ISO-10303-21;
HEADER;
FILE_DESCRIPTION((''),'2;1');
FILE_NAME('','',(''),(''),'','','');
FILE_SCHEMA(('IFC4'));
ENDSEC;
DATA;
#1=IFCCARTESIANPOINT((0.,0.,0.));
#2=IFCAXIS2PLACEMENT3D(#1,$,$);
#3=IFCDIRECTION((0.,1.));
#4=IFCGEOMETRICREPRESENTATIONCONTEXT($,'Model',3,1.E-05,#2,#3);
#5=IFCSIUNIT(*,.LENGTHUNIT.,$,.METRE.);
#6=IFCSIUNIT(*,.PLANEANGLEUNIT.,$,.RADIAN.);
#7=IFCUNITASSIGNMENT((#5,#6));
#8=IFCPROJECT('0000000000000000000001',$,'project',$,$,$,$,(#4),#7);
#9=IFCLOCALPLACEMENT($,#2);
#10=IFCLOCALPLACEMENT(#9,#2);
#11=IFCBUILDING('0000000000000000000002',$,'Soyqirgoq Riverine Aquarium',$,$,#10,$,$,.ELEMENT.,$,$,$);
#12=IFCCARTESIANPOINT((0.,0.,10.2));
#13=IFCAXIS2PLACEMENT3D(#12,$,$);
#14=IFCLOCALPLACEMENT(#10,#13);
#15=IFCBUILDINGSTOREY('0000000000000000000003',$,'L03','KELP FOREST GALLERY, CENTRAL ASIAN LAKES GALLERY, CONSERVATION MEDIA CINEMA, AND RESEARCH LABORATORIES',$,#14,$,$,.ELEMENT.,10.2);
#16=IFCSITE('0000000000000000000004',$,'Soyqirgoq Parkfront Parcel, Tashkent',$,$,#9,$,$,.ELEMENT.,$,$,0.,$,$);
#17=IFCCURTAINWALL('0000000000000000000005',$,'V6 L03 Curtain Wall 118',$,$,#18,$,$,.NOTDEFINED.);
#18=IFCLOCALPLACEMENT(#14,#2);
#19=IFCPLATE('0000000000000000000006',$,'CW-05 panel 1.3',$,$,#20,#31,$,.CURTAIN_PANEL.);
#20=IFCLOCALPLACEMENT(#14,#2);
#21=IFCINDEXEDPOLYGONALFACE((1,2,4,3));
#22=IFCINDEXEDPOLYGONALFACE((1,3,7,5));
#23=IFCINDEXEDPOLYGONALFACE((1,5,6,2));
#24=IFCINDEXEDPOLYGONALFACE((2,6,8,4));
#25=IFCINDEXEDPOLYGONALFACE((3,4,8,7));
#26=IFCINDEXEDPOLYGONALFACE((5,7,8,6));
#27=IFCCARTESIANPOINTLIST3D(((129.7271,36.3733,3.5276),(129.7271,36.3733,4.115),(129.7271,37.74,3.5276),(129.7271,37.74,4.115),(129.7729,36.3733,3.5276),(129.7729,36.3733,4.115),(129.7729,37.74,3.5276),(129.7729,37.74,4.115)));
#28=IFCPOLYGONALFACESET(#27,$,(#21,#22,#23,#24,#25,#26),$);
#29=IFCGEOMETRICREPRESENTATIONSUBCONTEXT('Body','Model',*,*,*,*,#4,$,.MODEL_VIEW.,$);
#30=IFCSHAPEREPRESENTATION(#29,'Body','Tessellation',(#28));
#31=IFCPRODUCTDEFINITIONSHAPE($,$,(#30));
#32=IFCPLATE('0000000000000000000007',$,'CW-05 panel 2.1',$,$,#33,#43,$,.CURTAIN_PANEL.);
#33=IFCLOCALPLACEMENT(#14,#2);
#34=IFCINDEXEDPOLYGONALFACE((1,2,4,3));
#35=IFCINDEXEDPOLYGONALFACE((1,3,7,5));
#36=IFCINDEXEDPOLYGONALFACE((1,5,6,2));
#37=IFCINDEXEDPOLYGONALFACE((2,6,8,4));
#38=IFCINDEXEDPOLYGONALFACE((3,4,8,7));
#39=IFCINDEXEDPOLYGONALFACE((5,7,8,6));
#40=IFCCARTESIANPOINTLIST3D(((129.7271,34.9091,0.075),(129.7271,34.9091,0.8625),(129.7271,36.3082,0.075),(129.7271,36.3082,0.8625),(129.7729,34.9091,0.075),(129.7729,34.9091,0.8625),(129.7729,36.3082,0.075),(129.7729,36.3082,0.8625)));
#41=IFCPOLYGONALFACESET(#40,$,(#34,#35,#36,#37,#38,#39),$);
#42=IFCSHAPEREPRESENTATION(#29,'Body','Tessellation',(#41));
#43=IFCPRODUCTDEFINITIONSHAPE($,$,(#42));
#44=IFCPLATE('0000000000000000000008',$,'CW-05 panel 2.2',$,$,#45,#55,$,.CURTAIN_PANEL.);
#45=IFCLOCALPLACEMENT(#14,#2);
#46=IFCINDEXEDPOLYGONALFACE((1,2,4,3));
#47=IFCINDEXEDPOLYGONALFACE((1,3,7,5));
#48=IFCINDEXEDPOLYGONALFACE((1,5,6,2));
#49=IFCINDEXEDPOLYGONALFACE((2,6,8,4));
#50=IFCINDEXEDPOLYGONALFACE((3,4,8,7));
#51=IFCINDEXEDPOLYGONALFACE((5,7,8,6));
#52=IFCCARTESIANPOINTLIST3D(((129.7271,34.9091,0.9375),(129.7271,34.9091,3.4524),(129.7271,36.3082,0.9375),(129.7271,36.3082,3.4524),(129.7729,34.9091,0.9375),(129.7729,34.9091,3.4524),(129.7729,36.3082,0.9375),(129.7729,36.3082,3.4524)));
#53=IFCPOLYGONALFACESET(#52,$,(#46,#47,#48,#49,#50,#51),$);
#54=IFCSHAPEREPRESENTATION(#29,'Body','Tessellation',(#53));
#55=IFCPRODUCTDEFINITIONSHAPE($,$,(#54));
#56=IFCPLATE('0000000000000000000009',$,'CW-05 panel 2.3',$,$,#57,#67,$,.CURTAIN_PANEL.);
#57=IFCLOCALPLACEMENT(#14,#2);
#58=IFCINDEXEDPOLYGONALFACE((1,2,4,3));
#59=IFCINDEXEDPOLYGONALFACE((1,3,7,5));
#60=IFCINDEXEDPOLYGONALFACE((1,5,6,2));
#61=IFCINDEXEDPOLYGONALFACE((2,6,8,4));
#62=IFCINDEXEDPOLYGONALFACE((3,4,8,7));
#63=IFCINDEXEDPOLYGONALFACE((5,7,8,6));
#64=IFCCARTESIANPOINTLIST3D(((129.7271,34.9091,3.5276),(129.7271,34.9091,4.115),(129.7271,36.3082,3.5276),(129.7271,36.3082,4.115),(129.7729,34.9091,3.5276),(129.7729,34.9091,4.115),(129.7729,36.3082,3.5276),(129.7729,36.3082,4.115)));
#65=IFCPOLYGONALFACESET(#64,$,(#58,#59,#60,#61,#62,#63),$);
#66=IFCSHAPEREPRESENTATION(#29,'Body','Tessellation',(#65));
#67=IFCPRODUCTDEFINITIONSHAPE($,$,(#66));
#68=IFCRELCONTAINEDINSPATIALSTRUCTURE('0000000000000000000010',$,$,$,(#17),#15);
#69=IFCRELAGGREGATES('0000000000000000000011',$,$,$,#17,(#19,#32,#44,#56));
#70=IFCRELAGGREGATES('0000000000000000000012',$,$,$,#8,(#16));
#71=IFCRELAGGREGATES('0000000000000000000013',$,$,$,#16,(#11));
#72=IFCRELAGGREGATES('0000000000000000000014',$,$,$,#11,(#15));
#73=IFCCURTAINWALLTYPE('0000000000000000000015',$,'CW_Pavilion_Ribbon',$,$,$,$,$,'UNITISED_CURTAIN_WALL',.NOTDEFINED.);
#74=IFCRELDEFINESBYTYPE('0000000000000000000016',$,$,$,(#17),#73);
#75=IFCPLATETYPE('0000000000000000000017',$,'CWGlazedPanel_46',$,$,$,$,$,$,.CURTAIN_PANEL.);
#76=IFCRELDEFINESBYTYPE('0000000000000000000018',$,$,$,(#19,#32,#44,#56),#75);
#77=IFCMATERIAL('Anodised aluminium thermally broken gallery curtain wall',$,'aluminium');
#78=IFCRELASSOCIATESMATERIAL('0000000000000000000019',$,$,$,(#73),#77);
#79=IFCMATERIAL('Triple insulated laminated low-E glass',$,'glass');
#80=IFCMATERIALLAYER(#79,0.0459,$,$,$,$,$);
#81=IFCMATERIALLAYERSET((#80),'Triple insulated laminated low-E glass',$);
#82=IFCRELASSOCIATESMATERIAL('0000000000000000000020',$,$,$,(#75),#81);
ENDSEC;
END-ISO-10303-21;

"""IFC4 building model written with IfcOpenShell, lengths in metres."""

from ifc_helpers import new_model, si_unit, direction, frame, origin, origin_2d, place, context, subcontext, project, spatial, rectangle, extrude, material, layer, layer_set, type_object, element, aggregate, save


model = new_model("IFC4")

# Units and contexts
model_context = context("Model", 3, precision=1e-05, world=origin(), true_north=direction((0.0, 1.0)))
body_context = subcontext(model_context, "Body", "Model", "MODEL_VIEW")
ifc_project = project(units=[si_unit("LENGTHUNIT", "METRE"), si_unit("PLANEANGLEUNIT", "RADIAN")], contexts=[model_context])

# Site, building, storey
site_placement = place(None, origin())
site = spatial("IfcSite", under=ifc_project, at=site_placement, Name="Soyqirgoq Parkfront Parcel, Tashkent", CompositionType="ELEMENT", RefElevation=0.0)
building_placement = place(site_placement, origin())
building = spatial("IfcBuilding", under=site, at=building_placement, Name="Soyqirgoq Riverine Aquarium", CompositionType="ELEMENT")
storey_placement = place(building_placement, frame((0.0, 0.0, 10.2)))
storey = spatial("IfcBuildingStorey", under=building, at=storey_placement, Name="L03", Description="KELP FOREST GALLERY, CENTRAL ASIAN LAKES GALLERY, CONSERVATION MEDIA CINEMA, AND RESEARCH LABORATORIES", CompositionType="ELEMENT", Elevation=10.2)

# Curtain wall, plates
ifc_material_1 = material(Name="Anodised aluminium thermally broken gallery curtain wall", Category="aluminium")
curtain_wall_type = type_object("IfcCurtainWallType", Name="CW_Pavilion_Ribbon", ElementType="UNITISED_CURTAIN_WALL", PredefinedType="NOTDEFINED", material=ifc_material_1)
curtain_wall_placement = place(storey_placement, origin())
curtain_wall = element("IfcCurtainWall", 1, at=curtain_wall_placement, inside=storey, type_object=curtain_wall_type, Name="V6 L03 Curtain Wall 118", PredefinedType="NOTDEFINED")
ifc_material_2 = material(Name="Triple insulated laminated low-E glass", Category="glass")
ifc_layer = layer(ifc_material_2, 0.0459)
ifc_layer_set = layer_set([ifc_layer], Name="Triple insulated laminated low-E glass")
plate_type = type_object("IfcPlateType", Name="CWGlazedPanel_46", PredefinedType="CURTAIN_PANEL", material=ifc_layer_set)
plate_1_placement = place(storey_placement, frame((129.75, 37.0566, 3.5276), z_axis=(0.0, 0.0, 1.0), x_axis=(0.0, -1.0, 0.0)))
plate_1 = element("IfcPlate", 2, at=plate_1_placement, type_object=plate_type, Name="CW-05 panel 1.3", PredefinedType="CURTAIN_PANEL", context=body_context, shape_type="SweptSolid", body=[
    extrude(rectangle(XDim=1.3667, YDim=0.0459, at=origin_2d()), origin(), (0.0, 0.0, 1.0), 0.5874),
])
plate_2_placement = place(storey_placement, frame((129.75, 35.6086, 0.075), z_axis=(0.0, 0.0, 1.0), x_axis=(0.0, -1.0, 0.0)))
plate_2 = element("IfcPlate", 3, at=plate_2_placement, type_object=plate_type, Name="CW-05 panel 2.1", PredefinedType="CURTAIN_PANEL", context=body_context, shape_type="SweptSolid", body=[
    extrude(rectangle(XDim=1.3992, YDim=0.0459, at=origin_2d()), origin(), (0.0, 0.0, 1.0), 0.7876),
])
plate_3_placement = place(storey_placement, frame((129.75, 35.6086, 0.9375), z_axis=(0.0, 0.0, 1.0), x_axis=(0.0, -1.0, 0.0)))
plate_3 = element("IfcPlate", 4, at=plate_3_placement, type_object=plate_type, Name="CW-05 panel 2.2", PredefinedType="CURTAIN_PANEL", context=body_context, shape_type="SweptSolid", body=[
    extrude(rectangle(XDim=1.3992, YDim=0.0459, at=origin_2d()), origin(), (0.0, 0.0, 1.0), 2.5149),
])
plate_4_placement = place(storey_placement, frame((129.75, 35.6086, 3.5276), z_axis=(0.0, 0.0, 1.0), x_axis=(0.0, -1.0, 0.0)))
plate_4 = element("IfcPlate", 5, at=plate_4_placement, type_object=plate_type, Name="CW-05 panel 2.3", PredefinedType="CURTAIN_PANEL", context=body_context, shape_type="SweptSolid", body=[
    extrude(rectangle(XDim=1.3992, YDim=0.0459, at=origin_2d()), origin(), (0.0, 0.0, 1.0), 0.5874),
])
aggregate(curtain_wall, [plate_1, plate_2, plate_3, plate_4])

save(model, "model.ifc")
